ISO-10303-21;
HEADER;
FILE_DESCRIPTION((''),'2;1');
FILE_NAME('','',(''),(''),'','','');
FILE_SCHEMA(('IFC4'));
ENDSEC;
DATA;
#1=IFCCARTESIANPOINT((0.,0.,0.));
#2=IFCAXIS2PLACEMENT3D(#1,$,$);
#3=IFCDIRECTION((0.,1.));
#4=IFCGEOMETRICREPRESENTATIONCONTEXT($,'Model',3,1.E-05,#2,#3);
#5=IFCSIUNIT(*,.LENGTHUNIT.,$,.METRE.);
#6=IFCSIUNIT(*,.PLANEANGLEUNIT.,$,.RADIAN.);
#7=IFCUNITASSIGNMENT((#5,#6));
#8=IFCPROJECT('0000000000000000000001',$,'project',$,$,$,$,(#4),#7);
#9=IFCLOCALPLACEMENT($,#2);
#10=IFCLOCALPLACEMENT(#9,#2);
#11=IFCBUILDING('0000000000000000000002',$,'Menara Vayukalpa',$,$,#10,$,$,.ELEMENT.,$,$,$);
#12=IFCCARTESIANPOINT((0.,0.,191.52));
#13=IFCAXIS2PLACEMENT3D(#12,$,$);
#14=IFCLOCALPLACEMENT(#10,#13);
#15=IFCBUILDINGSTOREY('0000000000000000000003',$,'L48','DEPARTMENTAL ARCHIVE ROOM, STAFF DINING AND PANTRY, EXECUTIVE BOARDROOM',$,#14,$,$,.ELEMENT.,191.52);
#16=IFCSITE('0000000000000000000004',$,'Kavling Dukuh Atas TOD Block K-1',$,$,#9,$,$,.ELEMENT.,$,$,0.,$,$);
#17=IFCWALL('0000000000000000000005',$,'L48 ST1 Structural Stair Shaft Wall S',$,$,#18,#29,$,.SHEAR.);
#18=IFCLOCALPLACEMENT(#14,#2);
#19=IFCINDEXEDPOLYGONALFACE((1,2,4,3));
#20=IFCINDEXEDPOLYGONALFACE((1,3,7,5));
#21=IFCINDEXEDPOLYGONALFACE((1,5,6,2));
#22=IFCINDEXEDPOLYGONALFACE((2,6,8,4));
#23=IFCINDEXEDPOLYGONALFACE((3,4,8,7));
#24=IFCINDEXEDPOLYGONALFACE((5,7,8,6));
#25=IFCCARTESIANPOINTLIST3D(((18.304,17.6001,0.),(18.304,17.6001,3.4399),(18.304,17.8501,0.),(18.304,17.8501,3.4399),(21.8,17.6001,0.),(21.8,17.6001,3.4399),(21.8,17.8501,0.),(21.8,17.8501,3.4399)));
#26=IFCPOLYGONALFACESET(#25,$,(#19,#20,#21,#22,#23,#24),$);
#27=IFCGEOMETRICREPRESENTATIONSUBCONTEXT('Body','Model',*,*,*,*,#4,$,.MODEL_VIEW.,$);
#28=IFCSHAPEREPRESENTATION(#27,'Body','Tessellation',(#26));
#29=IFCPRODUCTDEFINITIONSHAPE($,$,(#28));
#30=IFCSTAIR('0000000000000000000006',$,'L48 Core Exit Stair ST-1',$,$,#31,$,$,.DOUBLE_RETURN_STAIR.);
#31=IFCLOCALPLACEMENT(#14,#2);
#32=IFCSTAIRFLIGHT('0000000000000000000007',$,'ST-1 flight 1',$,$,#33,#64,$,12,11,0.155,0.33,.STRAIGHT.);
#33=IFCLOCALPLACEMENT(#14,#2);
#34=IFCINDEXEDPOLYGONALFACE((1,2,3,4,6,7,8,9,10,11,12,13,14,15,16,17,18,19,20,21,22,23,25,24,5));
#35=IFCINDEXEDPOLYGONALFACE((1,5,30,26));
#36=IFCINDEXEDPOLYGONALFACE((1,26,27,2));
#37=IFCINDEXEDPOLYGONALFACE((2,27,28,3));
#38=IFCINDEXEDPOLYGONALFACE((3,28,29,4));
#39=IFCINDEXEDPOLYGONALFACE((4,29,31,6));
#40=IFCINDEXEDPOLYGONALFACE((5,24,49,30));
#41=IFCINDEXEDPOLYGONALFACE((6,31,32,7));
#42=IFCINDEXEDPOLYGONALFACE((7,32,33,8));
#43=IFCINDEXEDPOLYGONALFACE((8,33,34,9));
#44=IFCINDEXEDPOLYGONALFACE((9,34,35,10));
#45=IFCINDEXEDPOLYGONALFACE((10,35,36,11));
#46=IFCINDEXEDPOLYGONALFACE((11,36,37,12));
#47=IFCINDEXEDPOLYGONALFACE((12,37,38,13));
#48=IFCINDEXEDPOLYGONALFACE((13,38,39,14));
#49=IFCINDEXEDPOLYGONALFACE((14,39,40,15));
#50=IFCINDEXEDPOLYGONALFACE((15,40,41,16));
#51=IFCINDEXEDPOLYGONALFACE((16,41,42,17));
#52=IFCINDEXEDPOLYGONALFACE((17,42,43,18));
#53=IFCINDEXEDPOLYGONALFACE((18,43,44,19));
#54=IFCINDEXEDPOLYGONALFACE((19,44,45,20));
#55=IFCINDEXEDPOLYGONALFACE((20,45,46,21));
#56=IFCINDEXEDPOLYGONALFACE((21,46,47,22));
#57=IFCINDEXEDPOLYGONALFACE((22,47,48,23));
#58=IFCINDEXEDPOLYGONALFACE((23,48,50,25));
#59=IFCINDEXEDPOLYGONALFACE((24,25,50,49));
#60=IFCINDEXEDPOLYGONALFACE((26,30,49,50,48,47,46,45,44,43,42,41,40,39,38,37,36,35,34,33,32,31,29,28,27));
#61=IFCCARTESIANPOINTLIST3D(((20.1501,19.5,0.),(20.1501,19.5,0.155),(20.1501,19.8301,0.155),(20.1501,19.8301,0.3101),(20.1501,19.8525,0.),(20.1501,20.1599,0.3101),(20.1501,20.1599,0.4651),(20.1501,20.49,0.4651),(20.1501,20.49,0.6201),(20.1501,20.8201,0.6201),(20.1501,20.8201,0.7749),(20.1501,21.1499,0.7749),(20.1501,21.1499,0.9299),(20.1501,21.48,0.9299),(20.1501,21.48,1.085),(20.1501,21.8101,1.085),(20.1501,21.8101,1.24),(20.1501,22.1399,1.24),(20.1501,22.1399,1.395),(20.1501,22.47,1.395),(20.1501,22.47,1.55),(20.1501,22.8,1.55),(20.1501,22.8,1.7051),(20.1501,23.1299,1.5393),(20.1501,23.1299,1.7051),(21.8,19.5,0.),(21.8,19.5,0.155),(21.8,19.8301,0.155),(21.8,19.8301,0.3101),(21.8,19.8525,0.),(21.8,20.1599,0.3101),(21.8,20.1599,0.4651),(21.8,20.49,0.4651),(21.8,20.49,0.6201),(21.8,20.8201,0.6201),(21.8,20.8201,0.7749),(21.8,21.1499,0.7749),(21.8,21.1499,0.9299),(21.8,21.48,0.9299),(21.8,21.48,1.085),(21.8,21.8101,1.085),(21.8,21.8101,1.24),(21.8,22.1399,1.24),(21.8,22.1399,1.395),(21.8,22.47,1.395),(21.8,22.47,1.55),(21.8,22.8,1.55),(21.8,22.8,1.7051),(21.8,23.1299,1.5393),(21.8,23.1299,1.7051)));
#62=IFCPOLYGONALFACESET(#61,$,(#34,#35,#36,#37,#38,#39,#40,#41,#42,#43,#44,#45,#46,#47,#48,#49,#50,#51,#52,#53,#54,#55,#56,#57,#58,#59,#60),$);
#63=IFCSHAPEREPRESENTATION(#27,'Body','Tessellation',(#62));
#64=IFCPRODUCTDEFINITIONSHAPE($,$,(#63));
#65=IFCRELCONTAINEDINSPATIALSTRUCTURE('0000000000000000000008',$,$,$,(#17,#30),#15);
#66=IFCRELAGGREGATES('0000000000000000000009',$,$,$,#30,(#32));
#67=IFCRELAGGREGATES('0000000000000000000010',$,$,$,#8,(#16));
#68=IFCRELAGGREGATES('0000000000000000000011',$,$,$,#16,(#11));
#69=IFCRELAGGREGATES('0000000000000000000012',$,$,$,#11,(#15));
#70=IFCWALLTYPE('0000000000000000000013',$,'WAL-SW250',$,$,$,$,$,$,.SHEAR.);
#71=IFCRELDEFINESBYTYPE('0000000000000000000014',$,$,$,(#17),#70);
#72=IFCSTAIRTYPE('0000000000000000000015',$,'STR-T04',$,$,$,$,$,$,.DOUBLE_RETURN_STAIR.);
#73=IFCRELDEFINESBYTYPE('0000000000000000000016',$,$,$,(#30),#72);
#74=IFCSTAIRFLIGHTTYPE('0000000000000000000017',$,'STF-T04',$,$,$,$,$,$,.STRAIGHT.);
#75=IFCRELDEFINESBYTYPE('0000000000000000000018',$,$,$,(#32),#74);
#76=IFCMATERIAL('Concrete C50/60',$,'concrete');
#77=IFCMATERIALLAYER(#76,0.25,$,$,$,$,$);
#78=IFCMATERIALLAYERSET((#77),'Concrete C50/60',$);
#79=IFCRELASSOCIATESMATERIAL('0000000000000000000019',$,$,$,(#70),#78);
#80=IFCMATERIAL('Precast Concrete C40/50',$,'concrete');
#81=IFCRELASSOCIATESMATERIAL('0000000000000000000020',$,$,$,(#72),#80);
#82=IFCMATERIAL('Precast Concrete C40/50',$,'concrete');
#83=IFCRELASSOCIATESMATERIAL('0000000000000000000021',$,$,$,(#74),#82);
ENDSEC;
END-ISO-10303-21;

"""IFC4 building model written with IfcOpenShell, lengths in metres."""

from ifc_helpers import new_model, si_unit, direction, frame, frame_2d, origin, place, context, subcontext, project, spatial, polyline, rectangle, outline, extrude, material, layer, layer_set, type_object, element, aggregate, save


model = new_model("IFC4")

# Units and contexts
model_context = context("Model", 3, precision=1e-05, world=origin(), true_north=direction((0.0, 1.0)))
body_context = subcontext(model_context, "Body", "Model", "MODEL_VIEW")
ifc_project = project(units=[si_unit("LENGTHUNIT", "METRE"), si_unit("PLANEANGLEUNIT", "RADIAN")], contexts=[model_context])

# Site, building, storey
site_placement = place(None, origin())
site = spatial("IfcSite", under=ifc_project, at=site_placement, Name="Kavling Dukuh Atas TOD Block K-1", CompositionType="ELEMENT", RefElevation=0.0)
building_placement = place(site_placement, origin())
building = spatial("IfcBuilding", under=site, at=building_placement, Name="Menara Vayukalpa", CompositionType="ELEMENT")
storey_placement = place(building_placement, frame((0.0, 0.0, 191.52)))
storey = spatial("IfcBuildingStorey", under=building, at=storey_placement, Name="L48", Description="DEPARTMENTAL ARCHIVE ROOM, STAFF DINING AND PANTRY, EXECUTIVE BOARDROOM", CompositionType="ELEMENT", Elevation=191.52)

# Shared definitions
ifc_material_1 = material(Name="Concrete C50/60", Category="concrete")
ifc_layer_1 = layer(ifc_material_1, 0.25)
ifc_layer_set_1 = layer_set([ifc_layer_1], Name="Concrete C50/60")
wall_type_1 = type_object("IfcWallType", Name="WAL-SW250", PredefinedType="SHEAR", material=ifc_layer_set_1)

# Wall
wall_1_placement = place(storey_placement, frame((18.304, 17.7251, 0.0), z_axis=(0.0, 0.0, 1.0), x_axis=(1.0, 0.0, 0.0)))
element("IfcWall", 1, at=wall_1_placement, inside=storey, type_object=wall_type_1, Name="L48 ST1 Structural Stair Shaft Wall S", PredefinedType="SHEAR", context=body_context, shape_type="SweptSolid", body=[
    extrude(rectangle(XDim=3.4961, YDim=0.25, at=frame_2d((1.748, 0.0))), origin(), (0.0, 0.0, 1.0), 3.4399),
])

# Stair, stair flight
ifc_material_2 = material(Name="Precast Concrete C40/50", Category="concrete")
stair_type = type_object("IfcStairType", Name="STR-T04", PredefinedType="DOUBLE_RETURN_STAIR", material=ifc_material_2)
stair_placement = place(storey_placement, origin())
stair = element("IfcStair", 2, at=stair_placement, inside=storey, type_object=stair_type, Name="L48 Core Exit Stair ST-1", PredefinedType="DOUBLE_RETURN_STAIR")
ifc_material_3 = material(Name="Precast Concrete C40/50", Category="concrete")
stair_flight_type = type_object("IfcStairFlightType", Name="STF-T04", PredefinedType="STRAIGHT", material=ifc_material_3)
stair_flight_placement = place(storey_placement, frame((20.9751, 19.5, 0.0), z_axis=(0.0, 0.0, 1.0), x_axis=(0.0, 1.0, 0.0)))
stair_flight = element("IfcStairFlight", 3, at=stair_flight_placement, type_object=stair_flight_type, Name="ST-1 flight 1", NumberOfRisers=12, NumberOfTreads=11, PredefinedType="STRAIGHT", RiserHeight=0.155, TreadLength=0.33, context=body_context, shape_type="SweptSolid", body=[
    extrude(outline(polyline([(0.0, 0.0), (0.0, 0.155), (0.3301, 0.155), (0.3301, 0.3101), (0.6599, 0.3101), (0.6599, 0.4651), (0.99, 0.4651), (0.99, 0.6201), (1.3201, 0.6201), (1.3201, 0.7749), (1.6499, 0.7749), (1.6499, 0.9299), (1.98, 0.9299), (1.98, 1.085), (2.3101, 1.085), (2.3101, 1.24), (2.6399, 1.24), (2.6399, 1.395), (2.97, 1.395), (2.97, 1.55), (3.3, 1.55), (3.3, 1.7051), (3.6299, 1.7051), (3.6299, 1.8601), (3.6299, 1.5393), (0.3525, 0.0), (0.0, 0.0)])), frame((0.0, 0.825, 0.0), z_axis=(0.0, -1.0, 0.0), x_axis=(1.0, 0.0, 0.0)), (0.0, 0.0, 1.0), 1.6499),
])
aggregate(stair, [stair_flight])

save(model, "model.ifc")
